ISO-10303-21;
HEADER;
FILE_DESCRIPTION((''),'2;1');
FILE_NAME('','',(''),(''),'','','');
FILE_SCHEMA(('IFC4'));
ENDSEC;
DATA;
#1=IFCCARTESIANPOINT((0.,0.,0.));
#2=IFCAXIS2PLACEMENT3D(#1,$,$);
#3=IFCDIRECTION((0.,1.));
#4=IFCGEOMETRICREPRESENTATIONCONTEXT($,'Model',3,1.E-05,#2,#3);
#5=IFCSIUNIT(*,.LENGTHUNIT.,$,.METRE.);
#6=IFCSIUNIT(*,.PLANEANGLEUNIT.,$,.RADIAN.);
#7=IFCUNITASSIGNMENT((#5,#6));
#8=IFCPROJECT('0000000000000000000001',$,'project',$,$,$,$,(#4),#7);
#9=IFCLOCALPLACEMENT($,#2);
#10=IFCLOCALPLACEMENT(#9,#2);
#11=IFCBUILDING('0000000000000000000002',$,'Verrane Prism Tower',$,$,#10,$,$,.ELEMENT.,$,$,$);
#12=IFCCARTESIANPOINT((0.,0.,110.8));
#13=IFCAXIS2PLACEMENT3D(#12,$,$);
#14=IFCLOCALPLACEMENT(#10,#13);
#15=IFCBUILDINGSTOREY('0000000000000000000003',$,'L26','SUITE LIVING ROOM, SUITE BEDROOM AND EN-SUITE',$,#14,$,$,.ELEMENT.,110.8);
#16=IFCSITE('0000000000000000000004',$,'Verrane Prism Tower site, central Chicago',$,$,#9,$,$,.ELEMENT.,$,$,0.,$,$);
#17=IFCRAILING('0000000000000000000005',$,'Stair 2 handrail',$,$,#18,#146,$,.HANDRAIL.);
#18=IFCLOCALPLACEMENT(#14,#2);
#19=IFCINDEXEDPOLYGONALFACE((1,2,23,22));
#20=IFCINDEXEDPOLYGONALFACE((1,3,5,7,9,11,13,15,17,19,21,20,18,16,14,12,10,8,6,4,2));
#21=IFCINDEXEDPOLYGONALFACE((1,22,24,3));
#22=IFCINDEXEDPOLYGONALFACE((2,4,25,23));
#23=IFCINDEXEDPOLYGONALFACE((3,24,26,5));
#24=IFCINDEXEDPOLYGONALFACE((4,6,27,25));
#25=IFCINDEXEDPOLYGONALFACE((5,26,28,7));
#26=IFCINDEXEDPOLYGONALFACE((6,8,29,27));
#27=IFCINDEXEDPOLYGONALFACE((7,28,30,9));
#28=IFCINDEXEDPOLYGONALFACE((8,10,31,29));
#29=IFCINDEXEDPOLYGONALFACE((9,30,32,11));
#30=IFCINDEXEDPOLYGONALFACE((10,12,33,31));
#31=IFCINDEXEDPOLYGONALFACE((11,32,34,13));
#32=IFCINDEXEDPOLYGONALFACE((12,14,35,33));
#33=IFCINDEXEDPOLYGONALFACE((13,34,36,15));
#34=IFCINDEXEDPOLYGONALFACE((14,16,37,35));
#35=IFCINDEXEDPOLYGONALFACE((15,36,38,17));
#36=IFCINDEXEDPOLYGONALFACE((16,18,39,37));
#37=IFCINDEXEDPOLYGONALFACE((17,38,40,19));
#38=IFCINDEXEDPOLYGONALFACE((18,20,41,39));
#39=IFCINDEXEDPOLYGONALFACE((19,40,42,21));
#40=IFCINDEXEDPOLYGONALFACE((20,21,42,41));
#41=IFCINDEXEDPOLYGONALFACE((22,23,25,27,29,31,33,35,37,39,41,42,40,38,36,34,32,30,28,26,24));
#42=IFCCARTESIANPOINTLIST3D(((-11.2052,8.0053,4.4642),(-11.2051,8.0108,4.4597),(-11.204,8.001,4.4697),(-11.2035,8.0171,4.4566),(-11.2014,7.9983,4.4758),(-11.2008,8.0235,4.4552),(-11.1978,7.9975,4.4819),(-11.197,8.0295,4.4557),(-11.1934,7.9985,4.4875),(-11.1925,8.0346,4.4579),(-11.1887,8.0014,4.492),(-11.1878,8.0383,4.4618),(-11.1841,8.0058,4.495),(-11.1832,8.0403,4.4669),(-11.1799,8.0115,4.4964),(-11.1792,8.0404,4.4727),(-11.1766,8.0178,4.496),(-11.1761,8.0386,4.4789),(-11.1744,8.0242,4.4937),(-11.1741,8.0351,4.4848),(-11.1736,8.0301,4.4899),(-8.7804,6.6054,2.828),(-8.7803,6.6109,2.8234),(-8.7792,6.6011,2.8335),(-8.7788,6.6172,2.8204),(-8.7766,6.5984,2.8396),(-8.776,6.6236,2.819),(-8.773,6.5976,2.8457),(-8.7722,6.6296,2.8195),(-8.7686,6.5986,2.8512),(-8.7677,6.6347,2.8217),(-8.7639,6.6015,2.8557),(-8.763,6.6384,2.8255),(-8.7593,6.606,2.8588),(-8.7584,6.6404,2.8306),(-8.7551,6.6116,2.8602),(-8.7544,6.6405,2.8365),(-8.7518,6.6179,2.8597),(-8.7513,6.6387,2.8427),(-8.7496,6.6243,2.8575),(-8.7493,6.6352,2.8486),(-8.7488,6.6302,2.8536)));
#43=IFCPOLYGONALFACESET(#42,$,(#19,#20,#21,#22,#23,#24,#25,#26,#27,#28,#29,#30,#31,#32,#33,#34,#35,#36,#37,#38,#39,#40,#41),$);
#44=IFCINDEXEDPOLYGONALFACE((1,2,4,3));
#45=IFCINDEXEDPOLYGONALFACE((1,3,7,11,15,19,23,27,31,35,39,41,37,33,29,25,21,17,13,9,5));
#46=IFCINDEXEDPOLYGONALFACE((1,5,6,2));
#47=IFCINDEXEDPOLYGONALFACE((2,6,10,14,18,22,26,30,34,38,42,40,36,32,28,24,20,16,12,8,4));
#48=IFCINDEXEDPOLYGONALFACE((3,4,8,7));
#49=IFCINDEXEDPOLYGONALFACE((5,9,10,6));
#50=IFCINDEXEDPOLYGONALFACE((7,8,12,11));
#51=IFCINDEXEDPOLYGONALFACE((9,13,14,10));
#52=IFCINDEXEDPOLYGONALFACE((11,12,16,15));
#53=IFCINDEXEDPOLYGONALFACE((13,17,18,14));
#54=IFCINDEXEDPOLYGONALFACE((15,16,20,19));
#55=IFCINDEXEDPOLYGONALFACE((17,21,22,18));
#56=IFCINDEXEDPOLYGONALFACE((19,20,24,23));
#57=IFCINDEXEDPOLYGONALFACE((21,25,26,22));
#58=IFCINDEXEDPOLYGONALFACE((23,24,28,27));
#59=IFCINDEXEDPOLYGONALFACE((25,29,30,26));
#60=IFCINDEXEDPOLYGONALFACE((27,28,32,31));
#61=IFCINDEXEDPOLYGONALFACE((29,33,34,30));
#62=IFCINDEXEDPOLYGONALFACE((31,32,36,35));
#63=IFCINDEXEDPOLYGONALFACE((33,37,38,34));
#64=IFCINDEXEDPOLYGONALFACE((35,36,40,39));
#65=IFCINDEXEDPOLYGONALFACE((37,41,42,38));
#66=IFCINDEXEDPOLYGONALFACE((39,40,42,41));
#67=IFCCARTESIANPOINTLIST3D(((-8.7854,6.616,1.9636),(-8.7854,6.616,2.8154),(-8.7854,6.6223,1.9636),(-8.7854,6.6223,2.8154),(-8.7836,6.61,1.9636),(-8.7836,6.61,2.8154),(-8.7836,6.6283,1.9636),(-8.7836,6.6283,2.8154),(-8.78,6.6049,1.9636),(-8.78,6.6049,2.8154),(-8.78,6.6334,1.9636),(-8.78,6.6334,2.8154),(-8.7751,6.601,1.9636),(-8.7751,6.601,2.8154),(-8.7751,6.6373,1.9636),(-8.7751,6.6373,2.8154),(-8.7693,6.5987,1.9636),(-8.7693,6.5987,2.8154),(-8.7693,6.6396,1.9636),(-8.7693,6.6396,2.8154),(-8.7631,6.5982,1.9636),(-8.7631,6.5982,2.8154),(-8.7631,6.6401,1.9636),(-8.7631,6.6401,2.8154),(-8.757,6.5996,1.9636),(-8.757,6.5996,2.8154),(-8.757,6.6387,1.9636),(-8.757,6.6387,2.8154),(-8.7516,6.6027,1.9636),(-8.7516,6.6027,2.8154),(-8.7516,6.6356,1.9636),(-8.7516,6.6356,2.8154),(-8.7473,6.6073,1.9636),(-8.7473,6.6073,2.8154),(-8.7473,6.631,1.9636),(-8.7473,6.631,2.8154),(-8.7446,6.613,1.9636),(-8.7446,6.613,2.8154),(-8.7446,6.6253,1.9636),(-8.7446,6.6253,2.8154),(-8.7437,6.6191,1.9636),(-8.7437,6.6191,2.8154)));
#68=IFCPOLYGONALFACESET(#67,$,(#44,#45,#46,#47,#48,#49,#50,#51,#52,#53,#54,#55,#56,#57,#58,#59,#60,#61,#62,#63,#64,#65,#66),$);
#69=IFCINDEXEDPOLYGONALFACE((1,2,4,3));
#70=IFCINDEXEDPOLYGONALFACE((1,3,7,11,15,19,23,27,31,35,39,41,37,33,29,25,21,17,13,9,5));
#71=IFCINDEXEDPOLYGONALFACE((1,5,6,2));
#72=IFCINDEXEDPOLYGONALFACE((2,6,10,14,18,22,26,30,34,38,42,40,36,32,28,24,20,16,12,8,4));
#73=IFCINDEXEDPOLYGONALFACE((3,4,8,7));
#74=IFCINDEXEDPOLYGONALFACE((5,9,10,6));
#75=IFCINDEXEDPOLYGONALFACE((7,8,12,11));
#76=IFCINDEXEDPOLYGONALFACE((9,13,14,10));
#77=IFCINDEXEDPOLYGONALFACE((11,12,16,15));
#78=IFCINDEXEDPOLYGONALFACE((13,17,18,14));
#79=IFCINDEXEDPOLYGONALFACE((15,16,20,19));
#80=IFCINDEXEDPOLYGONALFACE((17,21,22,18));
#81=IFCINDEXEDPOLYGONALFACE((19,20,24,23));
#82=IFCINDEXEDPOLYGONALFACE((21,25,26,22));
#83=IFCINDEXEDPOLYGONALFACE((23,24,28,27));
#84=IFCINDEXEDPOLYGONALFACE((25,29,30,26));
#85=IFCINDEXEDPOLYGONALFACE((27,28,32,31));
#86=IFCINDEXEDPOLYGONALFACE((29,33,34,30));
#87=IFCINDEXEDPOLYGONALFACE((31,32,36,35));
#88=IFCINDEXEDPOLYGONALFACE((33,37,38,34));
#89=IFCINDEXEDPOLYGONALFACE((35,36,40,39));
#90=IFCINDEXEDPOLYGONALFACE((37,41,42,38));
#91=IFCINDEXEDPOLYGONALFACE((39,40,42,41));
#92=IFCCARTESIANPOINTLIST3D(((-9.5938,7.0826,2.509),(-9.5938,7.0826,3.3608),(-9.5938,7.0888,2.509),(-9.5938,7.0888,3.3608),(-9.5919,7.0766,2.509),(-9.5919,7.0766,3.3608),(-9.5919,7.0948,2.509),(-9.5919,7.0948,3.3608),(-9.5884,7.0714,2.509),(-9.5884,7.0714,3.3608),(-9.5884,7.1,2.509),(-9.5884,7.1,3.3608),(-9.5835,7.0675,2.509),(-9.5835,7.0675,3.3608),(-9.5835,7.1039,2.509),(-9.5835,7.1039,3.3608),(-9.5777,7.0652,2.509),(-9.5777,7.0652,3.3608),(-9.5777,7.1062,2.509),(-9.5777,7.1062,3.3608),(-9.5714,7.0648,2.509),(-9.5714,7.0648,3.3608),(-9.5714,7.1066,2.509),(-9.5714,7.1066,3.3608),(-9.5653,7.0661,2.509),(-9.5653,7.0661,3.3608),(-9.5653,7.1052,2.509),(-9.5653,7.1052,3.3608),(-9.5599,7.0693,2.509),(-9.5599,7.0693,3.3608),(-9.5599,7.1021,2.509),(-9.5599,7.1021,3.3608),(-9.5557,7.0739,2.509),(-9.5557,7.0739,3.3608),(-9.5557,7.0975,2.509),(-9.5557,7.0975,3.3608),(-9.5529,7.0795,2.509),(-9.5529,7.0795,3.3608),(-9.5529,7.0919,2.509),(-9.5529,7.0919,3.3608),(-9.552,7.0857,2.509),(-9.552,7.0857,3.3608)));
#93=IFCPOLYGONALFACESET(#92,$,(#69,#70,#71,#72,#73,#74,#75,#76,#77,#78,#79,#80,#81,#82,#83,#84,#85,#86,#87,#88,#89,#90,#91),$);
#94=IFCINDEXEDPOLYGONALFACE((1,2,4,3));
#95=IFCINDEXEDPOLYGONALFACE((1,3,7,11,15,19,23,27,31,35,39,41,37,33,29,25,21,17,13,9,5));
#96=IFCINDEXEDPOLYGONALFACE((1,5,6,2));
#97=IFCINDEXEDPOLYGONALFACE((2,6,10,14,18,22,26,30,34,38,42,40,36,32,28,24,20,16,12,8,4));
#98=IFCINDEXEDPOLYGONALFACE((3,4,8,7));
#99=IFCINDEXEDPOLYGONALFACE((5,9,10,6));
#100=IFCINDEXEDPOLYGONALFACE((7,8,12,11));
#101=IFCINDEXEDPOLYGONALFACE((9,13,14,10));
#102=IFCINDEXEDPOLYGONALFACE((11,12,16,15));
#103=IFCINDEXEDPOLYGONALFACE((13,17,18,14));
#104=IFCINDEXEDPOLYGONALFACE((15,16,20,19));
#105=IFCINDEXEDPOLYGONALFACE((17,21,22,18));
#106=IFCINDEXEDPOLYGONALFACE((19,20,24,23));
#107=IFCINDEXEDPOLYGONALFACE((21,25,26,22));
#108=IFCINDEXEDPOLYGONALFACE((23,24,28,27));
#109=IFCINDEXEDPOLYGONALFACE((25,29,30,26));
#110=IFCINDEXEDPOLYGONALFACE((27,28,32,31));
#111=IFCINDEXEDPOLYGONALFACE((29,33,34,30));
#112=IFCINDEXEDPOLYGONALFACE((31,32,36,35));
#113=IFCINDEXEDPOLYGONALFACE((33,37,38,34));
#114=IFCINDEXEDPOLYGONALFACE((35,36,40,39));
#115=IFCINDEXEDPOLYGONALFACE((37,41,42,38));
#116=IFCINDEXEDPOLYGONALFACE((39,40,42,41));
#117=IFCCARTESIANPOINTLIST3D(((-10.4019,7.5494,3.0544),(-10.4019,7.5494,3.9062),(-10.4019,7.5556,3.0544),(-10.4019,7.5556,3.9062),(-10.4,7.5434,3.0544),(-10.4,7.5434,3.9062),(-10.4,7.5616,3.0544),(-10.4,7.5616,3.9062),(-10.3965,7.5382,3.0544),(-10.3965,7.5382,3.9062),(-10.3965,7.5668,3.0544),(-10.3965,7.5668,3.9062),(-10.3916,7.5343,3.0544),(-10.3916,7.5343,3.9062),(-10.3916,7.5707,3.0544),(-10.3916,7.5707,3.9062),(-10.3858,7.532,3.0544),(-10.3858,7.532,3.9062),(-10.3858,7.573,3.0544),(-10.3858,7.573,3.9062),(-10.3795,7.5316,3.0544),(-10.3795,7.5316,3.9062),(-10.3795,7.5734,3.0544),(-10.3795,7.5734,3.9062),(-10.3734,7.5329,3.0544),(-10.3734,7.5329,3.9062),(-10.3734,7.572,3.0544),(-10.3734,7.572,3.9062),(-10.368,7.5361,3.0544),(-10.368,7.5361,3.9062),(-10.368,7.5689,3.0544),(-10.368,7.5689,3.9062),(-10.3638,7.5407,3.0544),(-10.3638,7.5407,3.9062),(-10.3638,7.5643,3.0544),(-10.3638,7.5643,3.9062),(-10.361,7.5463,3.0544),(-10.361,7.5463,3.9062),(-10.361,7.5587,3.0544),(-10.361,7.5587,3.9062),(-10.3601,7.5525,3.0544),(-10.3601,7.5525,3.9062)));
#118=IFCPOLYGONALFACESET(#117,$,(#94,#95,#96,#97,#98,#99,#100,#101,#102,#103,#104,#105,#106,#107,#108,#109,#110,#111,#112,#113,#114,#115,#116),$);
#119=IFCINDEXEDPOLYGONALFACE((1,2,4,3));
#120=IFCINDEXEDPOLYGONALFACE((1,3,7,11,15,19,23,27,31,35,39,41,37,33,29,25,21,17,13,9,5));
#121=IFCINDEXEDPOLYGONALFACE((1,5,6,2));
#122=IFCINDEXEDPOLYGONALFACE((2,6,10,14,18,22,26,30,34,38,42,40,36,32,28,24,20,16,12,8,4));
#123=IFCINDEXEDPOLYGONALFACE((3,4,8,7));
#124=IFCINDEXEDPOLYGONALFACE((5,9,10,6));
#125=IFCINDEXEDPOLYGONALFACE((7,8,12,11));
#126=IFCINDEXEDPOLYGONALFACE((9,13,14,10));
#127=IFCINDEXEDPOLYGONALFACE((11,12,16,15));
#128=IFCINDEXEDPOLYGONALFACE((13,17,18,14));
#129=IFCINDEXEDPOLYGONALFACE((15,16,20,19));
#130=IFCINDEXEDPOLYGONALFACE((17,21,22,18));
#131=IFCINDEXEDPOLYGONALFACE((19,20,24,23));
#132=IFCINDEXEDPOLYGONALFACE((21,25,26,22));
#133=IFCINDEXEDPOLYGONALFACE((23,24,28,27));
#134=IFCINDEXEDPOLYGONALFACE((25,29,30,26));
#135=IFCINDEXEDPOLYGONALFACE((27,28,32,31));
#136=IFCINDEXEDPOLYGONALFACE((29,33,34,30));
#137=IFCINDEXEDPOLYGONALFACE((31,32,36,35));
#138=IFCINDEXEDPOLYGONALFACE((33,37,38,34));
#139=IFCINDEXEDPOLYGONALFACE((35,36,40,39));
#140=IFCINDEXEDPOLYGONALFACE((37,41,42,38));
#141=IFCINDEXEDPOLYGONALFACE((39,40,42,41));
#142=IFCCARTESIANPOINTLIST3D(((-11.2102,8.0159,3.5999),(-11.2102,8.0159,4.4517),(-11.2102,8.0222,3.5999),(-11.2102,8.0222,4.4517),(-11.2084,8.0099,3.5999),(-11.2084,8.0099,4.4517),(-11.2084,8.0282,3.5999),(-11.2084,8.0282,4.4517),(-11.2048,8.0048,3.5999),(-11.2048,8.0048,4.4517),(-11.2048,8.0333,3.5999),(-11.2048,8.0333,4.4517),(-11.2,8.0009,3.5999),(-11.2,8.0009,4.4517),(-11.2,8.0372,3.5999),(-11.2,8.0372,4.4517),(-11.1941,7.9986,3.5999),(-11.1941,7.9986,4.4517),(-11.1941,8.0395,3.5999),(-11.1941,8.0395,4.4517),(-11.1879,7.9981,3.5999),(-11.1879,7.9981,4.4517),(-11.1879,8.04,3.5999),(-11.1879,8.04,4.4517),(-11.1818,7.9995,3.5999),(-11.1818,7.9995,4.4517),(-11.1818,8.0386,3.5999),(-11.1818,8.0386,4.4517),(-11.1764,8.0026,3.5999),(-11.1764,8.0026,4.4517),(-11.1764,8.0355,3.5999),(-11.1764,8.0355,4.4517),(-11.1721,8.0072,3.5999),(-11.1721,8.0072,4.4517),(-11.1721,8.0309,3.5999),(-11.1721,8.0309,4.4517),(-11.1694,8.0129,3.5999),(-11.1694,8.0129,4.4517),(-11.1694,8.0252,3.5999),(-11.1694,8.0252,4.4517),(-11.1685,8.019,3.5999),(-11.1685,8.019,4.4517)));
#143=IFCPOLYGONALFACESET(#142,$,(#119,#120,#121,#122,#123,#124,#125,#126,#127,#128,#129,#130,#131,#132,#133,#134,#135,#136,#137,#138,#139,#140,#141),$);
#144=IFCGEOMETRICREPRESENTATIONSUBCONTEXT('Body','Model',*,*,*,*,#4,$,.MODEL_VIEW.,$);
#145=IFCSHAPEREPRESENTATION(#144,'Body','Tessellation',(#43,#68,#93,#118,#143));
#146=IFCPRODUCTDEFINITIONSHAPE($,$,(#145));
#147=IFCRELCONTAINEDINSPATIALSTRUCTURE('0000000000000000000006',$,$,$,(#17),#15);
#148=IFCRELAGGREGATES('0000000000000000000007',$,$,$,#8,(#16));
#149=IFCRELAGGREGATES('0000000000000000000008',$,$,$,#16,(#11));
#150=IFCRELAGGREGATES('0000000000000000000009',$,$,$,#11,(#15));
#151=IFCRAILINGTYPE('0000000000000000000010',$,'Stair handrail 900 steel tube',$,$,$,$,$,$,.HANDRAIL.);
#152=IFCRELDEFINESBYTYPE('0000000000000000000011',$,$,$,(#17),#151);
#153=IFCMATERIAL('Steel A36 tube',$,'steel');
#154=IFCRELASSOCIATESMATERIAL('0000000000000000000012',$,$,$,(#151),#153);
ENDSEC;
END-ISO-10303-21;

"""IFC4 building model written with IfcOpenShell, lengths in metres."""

from ifc_helpers import new_model, si_unit, direction, frame, origin, origin_2d, place, context, subcontext, project, spatial, circle, extrude, material, type_object, element, save


model = new_model("IFC4")

# Units and contexts
model_context = context("Model", 3, precision=1e-05, world=origin(), true_north=direction((0.0, 1.0)))
body_context = subcontext(model_context, "Body", "Model", "MODEL_VIEW")
ifc_project = project(units=[si_unit("LENGTHUNIT", "METRE"), si_unit("PLANEANGLEUNIT", "RADIAN")], contexts=[model_context])

# Site, building, storey
site_placement = place(None, origin())
site = spatial("IfcSite", under=ifc_project, at=site_placement, Name="Verrane Prism Tower site, central Chicago", CompositionType="ELEMENT", RefElevation=0.0)
building_placement = place(site_placement, origin())
building = spatial("IfcBuilding", under=site, at=building_placement, Name="Verrane Prism Tower", CompositionType="ELEMENT")
storey_placement = place(building_placement, frame((0.0, 0.0, 110.8)))
storey = spatial("IfcBuildingStorey", under=building, at=storey_placement, Name="L26", Description="SUITE LIVING ROOM, SUITE BEDROOM AND EN-SUITE", CompositionType="ELEMENT", Elevation=110.8)

# Railing
ifc_material_1 = material(Name="Steel A36 tube", Category="steel")
railing_type_1 = type_object("IfcRailingType", Name="Stair handrail 900 steel tube", PredefinedType="HANDRAIL", material=ifc_material_1)
railing_1_placement = place(storey_placement, frame((-8.7646, 6.6191, 1.9636)))
element("IfcRailing", 1, at=railing_1_placement, inside=storey, type_object=railing_type_1, Name="Stair 2 handrail", PredefinedType="HANDRAIL", context=body_context, shape_type="SweptSolid", body=[
    extrude(circle(Radius=0.0239, at=origin_2d()), frame((0.0, 0.0, 0.876), z_axis=(-0.747718, 0.431677, 0.504552), x_axis=(-0.499984, -0.866035, 0.0)), (0.0, 0.0, 1.0), 3.2429),
    extrude(circle(Radius=0.021, at=origin_2d()), origin(), (0.0, 0.0, 1.0), 0.8518),
    extrude(circle(Radius=0.021, at=origin_2d()), frame((-0.8083, 0.4666, 0.5454)), (0.0, 0.0, 1.0), 0.8518),
    extrude(circle(Radius=0.021, at=origin_2d()), frame((-1.6165, 0.9333, 1.0908)), (0.0, 0.0, 1.0), 0.8518),
    extrude(circle(Radius=0.021, at=origin_2d()), frame((-2.4248, 1.3999, 1.6362)), (0.0, 0.0, 1.0), 0.8518),
])

save(model, "model.ifc")
